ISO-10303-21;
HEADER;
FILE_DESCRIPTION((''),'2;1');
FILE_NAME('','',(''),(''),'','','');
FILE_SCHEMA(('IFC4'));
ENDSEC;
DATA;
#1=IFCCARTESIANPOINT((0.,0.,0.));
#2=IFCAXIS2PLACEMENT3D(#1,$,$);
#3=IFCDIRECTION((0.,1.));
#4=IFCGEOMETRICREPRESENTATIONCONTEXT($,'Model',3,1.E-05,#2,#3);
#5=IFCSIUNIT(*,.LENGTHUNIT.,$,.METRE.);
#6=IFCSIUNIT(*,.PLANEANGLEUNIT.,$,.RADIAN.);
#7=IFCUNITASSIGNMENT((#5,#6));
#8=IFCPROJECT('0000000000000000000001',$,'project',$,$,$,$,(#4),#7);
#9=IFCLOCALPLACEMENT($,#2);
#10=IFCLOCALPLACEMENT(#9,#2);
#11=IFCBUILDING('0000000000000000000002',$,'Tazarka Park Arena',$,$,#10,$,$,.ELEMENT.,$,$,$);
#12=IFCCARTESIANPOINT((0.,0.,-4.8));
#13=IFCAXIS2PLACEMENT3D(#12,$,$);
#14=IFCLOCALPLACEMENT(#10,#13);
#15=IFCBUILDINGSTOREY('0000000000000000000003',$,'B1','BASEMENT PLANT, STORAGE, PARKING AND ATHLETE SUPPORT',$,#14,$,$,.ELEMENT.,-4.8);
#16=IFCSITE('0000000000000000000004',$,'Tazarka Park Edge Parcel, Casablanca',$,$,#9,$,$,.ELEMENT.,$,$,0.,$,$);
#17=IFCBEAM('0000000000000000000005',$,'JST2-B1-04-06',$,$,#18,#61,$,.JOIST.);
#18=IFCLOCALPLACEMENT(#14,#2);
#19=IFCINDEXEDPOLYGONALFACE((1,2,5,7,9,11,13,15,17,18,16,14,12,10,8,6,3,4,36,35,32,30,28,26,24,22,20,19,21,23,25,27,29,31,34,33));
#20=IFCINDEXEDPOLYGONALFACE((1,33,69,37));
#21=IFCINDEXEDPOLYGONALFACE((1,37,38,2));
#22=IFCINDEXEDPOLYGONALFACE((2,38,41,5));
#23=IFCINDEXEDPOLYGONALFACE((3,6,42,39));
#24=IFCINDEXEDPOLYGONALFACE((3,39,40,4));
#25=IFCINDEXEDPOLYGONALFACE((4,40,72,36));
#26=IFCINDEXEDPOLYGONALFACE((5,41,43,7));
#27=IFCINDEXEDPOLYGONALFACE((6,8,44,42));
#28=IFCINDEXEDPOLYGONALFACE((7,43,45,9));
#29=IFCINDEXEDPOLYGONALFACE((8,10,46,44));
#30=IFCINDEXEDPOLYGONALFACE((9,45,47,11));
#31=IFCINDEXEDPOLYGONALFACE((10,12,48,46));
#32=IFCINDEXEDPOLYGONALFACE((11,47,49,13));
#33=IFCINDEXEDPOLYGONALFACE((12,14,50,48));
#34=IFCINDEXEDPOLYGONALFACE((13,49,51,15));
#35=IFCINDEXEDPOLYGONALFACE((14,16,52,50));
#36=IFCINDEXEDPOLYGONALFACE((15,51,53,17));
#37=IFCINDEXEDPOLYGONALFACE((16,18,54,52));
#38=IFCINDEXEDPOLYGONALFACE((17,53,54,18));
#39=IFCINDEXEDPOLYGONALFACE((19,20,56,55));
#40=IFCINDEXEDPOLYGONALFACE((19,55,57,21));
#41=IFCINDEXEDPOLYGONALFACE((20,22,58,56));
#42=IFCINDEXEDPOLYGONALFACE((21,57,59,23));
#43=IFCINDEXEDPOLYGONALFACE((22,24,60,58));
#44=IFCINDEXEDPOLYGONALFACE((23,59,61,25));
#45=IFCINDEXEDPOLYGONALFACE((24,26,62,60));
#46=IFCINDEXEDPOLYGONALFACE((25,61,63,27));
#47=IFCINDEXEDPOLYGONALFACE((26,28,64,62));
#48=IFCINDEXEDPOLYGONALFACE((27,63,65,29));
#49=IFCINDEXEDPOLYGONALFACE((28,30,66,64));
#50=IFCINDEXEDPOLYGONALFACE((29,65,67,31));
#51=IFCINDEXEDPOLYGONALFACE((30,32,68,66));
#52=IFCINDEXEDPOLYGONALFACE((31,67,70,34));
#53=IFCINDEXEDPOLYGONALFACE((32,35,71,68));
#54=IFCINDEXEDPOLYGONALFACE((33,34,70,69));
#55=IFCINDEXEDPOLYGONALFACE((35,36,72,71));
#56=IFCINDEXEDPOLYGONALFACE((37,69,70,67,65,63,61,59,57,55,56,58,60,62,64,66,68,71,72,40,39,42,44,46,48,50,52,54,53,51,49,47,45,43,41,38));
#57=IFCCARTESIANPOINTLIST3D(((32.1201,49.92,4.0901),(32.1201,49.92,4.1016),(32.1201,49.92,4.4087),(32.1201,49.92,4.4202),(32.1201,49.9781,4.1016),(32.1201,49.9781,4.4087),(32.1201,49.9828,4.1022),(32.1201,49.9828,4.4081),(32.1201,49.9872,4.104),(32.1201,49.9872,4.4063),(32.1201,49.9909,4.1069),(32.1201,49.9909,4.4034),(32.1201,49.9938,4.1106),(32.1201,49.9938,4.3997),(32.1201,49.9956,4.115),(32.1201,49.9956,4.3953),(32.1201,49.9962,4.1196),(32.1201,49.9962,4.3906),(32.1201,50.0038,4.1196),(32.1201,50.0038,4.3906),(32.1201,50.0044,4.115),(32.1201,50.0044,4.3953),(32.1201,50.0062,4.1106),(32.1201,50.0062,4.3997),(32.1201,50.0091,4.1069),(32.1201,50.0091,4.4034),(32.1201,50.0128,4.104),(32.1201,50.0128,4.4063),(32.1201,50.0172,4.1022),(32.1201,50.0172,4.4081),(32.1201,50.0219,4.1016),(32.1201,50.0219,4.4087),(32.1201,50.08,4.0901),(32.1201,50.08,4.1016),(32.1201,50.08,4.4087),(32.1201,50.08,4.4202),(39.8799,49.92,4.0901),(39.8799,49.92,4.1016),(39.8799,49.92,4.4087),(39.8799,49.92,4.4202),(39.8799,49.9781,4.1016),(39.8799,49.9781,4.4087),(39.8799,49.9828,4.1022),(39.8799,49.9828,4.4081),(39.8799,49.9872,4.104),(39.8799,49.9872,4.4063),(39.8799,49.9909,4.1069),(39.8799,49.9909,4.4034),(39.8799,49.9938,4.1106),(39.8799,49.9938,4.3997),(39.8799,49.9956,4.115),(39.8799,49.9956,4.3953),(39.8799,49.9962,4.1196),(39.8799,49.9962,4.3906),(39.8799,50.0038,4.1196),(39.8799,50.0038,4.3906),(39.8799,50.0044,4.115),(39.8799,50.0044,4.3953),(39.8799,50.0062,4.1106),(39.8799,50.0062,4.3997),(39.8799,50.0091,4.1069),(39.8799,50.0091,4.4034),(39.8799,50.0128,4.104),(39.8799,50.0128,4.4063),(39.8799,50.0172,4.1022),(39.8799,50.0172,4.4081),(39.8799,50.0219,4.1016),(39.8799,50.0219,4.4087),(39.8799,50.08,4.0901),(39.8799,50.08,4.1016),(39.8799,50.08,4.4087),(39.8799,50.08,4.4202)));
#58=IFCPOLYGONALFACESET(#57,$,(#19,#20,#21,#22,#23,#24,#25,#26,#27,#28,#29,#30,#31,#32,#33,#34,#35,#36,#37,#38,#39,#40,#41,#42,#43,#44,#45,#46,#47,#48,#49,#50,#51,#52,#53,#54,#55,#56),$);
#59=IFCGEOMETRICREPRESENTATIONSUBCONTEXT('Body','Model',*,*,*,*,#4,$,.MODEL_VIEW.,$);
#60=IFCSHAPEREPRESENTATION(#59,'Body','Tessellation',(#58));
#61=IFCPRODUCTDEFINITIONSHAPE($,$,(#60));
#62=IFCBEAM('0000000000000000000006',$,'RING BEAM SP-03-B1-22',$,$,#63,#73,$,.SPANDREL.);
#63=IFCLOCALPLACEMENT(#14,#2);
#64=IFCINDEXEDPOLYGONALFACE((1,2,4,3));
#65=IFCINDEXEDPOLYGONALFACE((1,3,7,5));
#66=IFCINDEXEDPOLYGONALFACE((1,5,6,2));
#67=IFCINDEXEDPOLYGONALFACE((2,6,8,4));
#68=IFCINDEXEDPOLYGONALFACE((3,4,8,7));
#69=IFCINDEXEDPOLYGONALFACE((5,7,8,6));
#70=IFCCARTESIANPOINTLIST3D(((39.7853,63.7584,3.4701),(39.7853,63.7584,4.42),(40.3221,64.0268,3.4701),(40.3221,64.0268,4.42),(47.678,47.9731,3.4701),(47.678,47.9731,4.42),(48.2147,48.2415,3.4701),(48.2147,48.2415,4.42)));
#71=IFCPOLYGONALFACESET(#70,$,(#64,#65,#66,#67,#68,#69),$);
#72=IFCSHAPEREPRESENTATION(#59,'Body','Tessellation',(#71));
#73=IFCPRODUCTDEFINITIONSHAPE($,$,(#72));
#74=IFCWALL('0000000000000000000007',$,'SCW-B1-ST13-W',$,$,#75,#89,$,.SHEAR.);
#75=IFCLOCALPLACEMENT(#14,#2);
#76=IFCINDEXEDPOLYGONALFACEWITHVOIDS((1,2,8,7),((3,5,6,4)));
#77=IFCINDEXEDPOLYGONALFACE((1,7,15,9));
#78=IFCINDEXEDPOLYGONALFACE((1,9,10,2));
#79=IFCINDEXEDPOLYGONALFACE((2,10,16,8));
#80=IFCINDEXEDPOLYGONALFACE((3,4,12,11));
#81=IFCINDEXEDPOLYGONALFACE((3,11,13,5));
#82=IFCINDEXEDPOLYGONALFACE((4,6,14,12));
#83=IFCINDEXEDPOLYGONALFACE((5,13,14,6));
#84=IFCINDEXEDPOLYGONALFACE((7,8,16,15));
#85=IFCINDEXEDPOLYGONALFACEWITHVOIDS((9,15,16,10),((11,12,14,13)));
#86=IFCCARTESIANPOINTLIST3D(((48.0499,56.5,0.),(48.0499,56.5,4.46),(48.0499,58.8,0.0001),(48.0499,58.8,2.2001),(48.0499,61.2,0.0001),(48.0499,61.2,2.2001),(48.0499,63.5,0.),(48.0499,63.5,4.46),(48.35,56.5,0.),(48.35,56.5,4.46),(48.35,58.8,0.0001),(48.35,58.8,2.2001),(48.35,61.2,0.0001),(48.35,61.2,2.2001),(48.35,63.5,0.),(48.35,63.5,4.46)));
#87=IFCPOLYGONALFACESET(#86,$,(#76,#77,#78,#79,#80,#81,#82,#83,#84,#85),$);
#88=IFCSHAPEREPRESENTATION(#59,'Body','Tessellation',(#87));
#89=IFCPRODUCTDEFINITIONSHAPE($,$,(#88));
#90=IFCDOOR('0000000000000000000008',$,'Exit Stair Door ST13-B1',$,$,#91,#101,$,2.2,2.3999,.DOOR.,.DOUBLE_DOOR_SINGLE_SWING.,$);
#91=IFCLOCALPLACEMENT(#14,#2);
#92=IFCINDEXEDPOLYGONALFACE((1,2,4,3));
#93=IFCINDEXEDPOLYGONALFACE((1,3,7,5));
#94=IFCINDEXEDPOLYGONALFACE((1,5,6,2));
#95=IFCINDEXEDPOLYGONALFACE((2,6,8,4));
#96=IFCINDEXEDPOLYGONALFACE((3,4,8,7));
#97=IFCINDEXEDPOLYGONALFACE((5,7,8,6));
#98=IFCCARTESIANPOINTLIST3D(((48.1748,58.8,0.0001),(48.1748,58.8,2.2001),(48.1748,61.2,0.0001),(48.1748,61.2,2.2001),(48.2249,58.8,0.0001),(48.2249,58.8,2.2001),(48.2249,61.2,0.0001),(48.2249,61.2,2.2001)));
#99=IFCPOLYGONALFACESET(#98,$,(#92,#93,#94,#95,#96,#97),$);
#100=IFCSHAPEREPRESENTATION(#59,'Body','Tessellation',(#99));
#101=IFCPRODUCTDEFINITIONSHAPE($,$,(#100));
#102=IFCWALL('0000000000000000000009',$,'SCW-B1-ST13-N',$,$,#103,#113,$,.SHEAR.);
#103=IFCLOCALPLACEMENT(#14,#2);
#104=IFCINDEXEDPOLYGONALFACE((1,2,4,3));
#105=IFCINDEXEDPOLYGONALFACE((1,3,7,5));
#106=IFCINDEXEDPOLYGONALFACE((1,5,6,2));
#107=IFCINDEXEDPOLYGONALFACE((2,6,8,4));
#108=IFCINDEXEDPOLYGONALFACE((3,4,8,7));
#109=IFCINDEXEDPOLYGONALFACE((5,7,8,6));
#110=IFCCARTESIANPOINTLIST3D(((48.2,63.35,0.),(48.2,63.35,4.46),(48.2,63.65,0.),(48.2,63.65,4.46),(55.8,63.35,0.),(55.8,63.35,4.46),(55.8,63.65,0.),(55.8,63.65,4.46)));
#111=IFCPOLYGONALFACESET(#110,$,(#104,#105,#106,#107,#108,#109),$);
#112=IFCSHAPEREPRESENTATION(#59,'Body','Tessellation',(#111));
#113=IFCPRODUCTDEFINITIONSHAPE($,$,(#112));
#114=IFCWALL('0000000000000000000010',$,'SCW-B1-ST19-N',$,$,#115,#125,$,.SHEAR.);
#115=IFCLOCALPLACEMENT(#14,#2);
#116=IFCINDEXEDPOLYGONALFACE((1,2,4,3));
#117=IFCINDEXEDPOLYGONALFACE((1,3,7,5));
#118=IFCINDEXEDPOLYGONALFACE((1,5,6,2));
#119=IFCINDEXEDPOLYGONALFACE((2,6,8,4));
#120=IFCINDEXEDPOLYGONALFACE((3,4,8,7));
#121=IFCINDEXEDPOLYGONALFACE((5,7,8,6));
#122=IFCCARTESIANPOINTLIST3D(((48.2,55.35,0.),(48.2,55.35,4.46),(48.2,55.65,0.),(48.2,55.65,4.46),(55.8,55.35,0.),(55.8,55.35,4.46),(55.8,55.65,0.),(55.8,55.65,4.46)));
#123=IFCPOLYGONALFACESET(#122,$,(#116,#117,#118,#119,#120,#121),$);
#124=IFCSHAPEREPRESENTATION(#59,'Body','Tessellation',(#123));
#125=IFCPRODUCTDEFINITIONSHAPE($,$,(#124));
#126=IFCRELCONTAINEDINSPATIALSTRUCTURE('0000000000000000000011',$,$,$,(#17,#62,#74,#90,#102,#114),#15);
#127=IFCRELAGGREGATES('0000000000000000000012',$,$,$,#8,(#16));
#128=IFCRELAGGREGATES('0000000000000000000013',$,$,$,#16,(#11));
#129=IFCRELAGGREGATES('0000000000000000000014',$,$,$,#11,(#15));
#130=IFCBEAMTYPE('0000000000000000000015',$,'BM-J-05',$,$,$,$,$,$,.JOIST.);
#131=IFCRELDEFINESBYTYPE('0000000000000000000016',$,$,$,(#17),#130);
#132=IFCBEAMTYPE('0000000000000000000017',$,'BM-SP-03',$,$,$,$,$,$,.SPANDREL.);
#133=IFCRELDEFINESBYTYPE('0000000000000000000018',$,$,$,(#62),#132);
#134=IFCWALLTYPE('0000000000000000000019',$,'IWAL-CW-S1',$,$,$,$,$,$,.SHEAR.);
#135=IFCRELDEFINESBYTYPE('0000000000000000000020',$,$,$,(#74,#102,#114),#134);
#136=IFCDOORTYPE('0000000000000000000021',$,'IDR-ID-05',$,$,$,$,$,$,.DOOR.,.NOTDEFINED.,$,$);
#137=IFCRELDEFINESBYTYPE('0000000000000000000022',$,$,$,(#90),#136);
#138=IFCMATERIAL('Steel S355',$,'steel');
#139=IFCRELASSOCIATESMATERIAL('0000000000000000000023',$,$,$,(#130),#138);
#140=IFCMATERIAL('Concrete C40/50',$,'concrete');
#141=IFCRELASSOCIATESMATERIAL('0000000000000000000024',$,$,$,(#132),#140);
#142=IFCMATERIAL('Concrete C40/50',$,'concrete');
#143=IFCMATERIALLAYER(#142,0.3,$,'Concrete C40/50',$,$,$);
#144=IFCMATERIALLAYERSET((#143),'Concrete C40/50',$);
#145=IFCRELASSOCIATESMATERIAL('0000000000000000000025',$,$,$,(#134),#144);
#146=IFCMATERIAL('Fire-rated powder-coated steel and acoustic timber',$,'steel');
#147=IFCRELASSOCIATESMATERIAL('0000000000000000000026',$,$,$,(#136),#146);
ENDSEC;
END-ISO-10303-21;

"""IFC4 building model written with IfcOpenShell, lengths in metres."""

from ifc_helpers import new_model, si_unit, direction, frame, frame_2d, origin, origin_2d, place, context, subcontext, project, spatial, rectangle, i_section, extrude, material, layer, layer_set, material_profile, profile_set, type_object, element, fill, save


model = new_model("IFC4")

# Units and contexts
model_context = context("Model", 3, precision=1e-05, world=origin(), true_north=direction((0.0, 1.0)))
body_context = subcontext(model_context, "Body", "Model", "MODEL_VIEW")
ifc_project = project(units=[si_unit("LENGTHUNIT", "METRE"), si_unit("PLANEANGLEUNIT", "RADIAN")], contexts=[model_context])

# Site, building, storey
site_placement = place(None, origin())
site = spatial("IfcSite", under=ifc_project, at=site_placement, Name="Tazarka Park Edge Parcel, Casablanca", CompositionType="ELEMENT", RefElevation=0.0)
building_placement = place(site_placement, origin())
building = spatial("IfcBuilding", under=site, at=building_placement, Name="Tazarka Park Arena", CompositionType="ELEMENT")
storey_placement = place(building_placement, frame((0.0, 0.0, -4.8)))
storey = spatial("IfcBuildingStorey", under=building, at=storey_placement, Name="B1", Description="BASEMENT PLANT, STORAGE, PARKING AND ATHLETE SUPPORT", CompositionType="ELEMENT", Elevation=-4.8)

# Beams
ifc_material_1 = material(Name="Steel S355", Category="steel")
ifc_material_profile_1 = material_profile(ifc_material_1, i_section(OverallWidth=0.1599, OverallDepth=0.3301, WebThickness=0.0076, FlangeThickness=0.0115, FilletRadius=0.0181, at=origin_2d()), Name="Steel S355")
ifc_profile_set_1 = profile_set([ifc_material_profile_1], Name="Steel S355")
beam_type_1 = type_object("IfcBeamType", Name="BM-J-05", PredefinedType="JOIST", material=ifc_profile_set_1)
beam_1_placement = place(storey_placement, frame((32.1201, 50.0, 4.2551), z_axis=(1.0, 0.0, 0.0), x_axis=(0.0, 1.0, 0.0)))
element("IfcBeam", 1, at=beam_1_placement, inside=storey, type_object=beam_type_1, Name="JST2-B1-04-06", PredefinedType="JOIST", context=body_context, shape_type="SweptSolid", body=[
    extrude(i_section(OverallWidth=0.1599, OverallDepth=0.3301, WebThickness=0.0076, FlangeThickness=0.0115, FilletRadius=0.0181, at=origin_2d()), origin(), (0.0, 0.0, 1.0), 7.7598),
])
ifc_material_2 = material(Name="Concrete C40/50", Category="concrete")
ifc_material_profile_2 = material_profile(ifc_material_2, rectangle(XDim=0.6001, YDim=0.95, at=origin_2d()), Name="Concrete C40/50")
ifc_profile_set_2 = profile_set([ifc_material_profile_2], Name="Concrete C40/50")
beam_type_2 = type_object("IfcBeamType", Name="BM-SP-03", PredefinedType="SPANDREL", material=ifc_profile_set_2)
beam_2_placement = place(storey_placement, frame((40.0537, 63.8926, 3.9451), z_axis=(0.447214, -0.894427, 0.0), x_axis=(0.894427, 0.447214, 0.0)))
element("IfcBeam", 2, at=beam_2_placement, inside=storey, type_object=beam_type_2, Name="RING BEAM SP-03-B1-22", PredefinedType="SPANDREL", context=body_context, shape_type="SweptSolid", body=[
    extrude(rectangle(XDim=0.6001, YDim=0.95, at=origin_2d()), origin(), (0.0, 0.0, 1.0), 17.6484),
])

# Wall, opening, door
ifc_material_3 = material(Name="Concrete C40/50", Category="concrete")
ifc_layer = layer(ifc_material_3, 0.3, Name="Concrete C40/50")
ifc_layer_set = layer_set([ifc_layer], Name="Concrete C40/50")
wall_type = type_object("IfcWallType", Name="IWAL-CW-S1", PredefinedType="SHEAR", material=ifc_layer_set)
wall_placement = place(storey_placement, frame((48.2, 56.5, 0.0), z_axis=(0.0, 0.0, 1.0), x_axis=(0.0, 1.0, 0.0)))
wall = element("IfcWall", 3, at=wall_placement, inside=storey, type_object=wall_type, Name="SCW-B1-ST13-W", PredefinedType="SHEAR", context=body_context, shape_type="SweptSolid", body=[
    extrude(rectangle(XDim=7.0, YDim=0.3, at=frame_2d((3.5, 0.0))), origin(), (0.0, 0.0, 1.0), 4.46),
])
opening_placement = place(wall_placement, frame((2.3, 0.0, 0.0)))
opening = element("IfcOpeningElement", 4, at=opening_placement, cuts=wall, PredefinedType="OPENING", context=body_context, shape_type="SweptSolid", body=[
    extrude(rectangle(XDim=2.3999, YDim=2.2, at=frame_2d((1.2, 1.1001))), frame((0.0, 0.1602, 0.0), z_axis=(0.0, -1.0, 0.0), x_axis=(1.0, 0.0, 0.0)), (0.0, 0.0, 1.0), 0.3201),
])
ifc_material_4 = material(Name="Fire-rated powder-coated steel and acoustic timber", Category="steel")
door_type = type_object("IfcDoorType", Name="IDR-ID-05", OperationType="NOTDEFINED", PredefinedType="DOOR", material=ifc_material_4)
door_placement = place(opening_placement, frame((2.3999, 0.0, 0.0), z_axis=(0.0, 0.0, 1.0), x_axis=(-1.0, 0.0, 0.0)))
door = element("IfcDoor", 5, at=door_placement, inside=storey, type_object=door_type, Name="Exit Stair Door ST13-B1", OperationType="DOUBLE_DOOR_SINGLE_SWING", OverallHeight=2.2, OverallWidth=2.3999, PredefinedType="DOOR", context=body_context, shape_type="SweptSolid", body=[
    extrude(rectangle(XDim=2.3999, YDim=2.2, at=frame_2d((1.2, 1.1001))), frame((0.0, 0.0249, 0.0), z_axis=(0.0, -1.0, 0.0), x_axis=(1.0, 0.0, 0.0)), (0.0, 0.0, 1.0), 0.05),
])
fill(opening, door)

# Walls
for number, where, z_axis, x_axis, name in (
    (6, (48.2, 63.5, 0.0), (0.0, 0.0, 1.0), (1.0, 0.0, 0.0), "SCW-B1-ST13-N"),
    (7, (48.2, 55.5, 0.0), (0.0, 0.0, 1.0), (1.0, 0.0, 0.0), "SCW-B1-ST19-N"),
):
    element("IfcWall", number, at=place(storey_placement, frame(where, z_axis=z_axis, x_axis=x_axis)), inside=storey, type_object=wall_type, Name=name, PredefinedType="SHEAR", context=body_context, shape_type="SweptSolid", body=[
        extrude(rectangle(XDim=7.6001, YDim=0.3, at=frame_2d((3.8, 0.0))), origin(), (0.0, 0.0, 1.0), 4.46),
    ])

save(model, "model.ifc")
